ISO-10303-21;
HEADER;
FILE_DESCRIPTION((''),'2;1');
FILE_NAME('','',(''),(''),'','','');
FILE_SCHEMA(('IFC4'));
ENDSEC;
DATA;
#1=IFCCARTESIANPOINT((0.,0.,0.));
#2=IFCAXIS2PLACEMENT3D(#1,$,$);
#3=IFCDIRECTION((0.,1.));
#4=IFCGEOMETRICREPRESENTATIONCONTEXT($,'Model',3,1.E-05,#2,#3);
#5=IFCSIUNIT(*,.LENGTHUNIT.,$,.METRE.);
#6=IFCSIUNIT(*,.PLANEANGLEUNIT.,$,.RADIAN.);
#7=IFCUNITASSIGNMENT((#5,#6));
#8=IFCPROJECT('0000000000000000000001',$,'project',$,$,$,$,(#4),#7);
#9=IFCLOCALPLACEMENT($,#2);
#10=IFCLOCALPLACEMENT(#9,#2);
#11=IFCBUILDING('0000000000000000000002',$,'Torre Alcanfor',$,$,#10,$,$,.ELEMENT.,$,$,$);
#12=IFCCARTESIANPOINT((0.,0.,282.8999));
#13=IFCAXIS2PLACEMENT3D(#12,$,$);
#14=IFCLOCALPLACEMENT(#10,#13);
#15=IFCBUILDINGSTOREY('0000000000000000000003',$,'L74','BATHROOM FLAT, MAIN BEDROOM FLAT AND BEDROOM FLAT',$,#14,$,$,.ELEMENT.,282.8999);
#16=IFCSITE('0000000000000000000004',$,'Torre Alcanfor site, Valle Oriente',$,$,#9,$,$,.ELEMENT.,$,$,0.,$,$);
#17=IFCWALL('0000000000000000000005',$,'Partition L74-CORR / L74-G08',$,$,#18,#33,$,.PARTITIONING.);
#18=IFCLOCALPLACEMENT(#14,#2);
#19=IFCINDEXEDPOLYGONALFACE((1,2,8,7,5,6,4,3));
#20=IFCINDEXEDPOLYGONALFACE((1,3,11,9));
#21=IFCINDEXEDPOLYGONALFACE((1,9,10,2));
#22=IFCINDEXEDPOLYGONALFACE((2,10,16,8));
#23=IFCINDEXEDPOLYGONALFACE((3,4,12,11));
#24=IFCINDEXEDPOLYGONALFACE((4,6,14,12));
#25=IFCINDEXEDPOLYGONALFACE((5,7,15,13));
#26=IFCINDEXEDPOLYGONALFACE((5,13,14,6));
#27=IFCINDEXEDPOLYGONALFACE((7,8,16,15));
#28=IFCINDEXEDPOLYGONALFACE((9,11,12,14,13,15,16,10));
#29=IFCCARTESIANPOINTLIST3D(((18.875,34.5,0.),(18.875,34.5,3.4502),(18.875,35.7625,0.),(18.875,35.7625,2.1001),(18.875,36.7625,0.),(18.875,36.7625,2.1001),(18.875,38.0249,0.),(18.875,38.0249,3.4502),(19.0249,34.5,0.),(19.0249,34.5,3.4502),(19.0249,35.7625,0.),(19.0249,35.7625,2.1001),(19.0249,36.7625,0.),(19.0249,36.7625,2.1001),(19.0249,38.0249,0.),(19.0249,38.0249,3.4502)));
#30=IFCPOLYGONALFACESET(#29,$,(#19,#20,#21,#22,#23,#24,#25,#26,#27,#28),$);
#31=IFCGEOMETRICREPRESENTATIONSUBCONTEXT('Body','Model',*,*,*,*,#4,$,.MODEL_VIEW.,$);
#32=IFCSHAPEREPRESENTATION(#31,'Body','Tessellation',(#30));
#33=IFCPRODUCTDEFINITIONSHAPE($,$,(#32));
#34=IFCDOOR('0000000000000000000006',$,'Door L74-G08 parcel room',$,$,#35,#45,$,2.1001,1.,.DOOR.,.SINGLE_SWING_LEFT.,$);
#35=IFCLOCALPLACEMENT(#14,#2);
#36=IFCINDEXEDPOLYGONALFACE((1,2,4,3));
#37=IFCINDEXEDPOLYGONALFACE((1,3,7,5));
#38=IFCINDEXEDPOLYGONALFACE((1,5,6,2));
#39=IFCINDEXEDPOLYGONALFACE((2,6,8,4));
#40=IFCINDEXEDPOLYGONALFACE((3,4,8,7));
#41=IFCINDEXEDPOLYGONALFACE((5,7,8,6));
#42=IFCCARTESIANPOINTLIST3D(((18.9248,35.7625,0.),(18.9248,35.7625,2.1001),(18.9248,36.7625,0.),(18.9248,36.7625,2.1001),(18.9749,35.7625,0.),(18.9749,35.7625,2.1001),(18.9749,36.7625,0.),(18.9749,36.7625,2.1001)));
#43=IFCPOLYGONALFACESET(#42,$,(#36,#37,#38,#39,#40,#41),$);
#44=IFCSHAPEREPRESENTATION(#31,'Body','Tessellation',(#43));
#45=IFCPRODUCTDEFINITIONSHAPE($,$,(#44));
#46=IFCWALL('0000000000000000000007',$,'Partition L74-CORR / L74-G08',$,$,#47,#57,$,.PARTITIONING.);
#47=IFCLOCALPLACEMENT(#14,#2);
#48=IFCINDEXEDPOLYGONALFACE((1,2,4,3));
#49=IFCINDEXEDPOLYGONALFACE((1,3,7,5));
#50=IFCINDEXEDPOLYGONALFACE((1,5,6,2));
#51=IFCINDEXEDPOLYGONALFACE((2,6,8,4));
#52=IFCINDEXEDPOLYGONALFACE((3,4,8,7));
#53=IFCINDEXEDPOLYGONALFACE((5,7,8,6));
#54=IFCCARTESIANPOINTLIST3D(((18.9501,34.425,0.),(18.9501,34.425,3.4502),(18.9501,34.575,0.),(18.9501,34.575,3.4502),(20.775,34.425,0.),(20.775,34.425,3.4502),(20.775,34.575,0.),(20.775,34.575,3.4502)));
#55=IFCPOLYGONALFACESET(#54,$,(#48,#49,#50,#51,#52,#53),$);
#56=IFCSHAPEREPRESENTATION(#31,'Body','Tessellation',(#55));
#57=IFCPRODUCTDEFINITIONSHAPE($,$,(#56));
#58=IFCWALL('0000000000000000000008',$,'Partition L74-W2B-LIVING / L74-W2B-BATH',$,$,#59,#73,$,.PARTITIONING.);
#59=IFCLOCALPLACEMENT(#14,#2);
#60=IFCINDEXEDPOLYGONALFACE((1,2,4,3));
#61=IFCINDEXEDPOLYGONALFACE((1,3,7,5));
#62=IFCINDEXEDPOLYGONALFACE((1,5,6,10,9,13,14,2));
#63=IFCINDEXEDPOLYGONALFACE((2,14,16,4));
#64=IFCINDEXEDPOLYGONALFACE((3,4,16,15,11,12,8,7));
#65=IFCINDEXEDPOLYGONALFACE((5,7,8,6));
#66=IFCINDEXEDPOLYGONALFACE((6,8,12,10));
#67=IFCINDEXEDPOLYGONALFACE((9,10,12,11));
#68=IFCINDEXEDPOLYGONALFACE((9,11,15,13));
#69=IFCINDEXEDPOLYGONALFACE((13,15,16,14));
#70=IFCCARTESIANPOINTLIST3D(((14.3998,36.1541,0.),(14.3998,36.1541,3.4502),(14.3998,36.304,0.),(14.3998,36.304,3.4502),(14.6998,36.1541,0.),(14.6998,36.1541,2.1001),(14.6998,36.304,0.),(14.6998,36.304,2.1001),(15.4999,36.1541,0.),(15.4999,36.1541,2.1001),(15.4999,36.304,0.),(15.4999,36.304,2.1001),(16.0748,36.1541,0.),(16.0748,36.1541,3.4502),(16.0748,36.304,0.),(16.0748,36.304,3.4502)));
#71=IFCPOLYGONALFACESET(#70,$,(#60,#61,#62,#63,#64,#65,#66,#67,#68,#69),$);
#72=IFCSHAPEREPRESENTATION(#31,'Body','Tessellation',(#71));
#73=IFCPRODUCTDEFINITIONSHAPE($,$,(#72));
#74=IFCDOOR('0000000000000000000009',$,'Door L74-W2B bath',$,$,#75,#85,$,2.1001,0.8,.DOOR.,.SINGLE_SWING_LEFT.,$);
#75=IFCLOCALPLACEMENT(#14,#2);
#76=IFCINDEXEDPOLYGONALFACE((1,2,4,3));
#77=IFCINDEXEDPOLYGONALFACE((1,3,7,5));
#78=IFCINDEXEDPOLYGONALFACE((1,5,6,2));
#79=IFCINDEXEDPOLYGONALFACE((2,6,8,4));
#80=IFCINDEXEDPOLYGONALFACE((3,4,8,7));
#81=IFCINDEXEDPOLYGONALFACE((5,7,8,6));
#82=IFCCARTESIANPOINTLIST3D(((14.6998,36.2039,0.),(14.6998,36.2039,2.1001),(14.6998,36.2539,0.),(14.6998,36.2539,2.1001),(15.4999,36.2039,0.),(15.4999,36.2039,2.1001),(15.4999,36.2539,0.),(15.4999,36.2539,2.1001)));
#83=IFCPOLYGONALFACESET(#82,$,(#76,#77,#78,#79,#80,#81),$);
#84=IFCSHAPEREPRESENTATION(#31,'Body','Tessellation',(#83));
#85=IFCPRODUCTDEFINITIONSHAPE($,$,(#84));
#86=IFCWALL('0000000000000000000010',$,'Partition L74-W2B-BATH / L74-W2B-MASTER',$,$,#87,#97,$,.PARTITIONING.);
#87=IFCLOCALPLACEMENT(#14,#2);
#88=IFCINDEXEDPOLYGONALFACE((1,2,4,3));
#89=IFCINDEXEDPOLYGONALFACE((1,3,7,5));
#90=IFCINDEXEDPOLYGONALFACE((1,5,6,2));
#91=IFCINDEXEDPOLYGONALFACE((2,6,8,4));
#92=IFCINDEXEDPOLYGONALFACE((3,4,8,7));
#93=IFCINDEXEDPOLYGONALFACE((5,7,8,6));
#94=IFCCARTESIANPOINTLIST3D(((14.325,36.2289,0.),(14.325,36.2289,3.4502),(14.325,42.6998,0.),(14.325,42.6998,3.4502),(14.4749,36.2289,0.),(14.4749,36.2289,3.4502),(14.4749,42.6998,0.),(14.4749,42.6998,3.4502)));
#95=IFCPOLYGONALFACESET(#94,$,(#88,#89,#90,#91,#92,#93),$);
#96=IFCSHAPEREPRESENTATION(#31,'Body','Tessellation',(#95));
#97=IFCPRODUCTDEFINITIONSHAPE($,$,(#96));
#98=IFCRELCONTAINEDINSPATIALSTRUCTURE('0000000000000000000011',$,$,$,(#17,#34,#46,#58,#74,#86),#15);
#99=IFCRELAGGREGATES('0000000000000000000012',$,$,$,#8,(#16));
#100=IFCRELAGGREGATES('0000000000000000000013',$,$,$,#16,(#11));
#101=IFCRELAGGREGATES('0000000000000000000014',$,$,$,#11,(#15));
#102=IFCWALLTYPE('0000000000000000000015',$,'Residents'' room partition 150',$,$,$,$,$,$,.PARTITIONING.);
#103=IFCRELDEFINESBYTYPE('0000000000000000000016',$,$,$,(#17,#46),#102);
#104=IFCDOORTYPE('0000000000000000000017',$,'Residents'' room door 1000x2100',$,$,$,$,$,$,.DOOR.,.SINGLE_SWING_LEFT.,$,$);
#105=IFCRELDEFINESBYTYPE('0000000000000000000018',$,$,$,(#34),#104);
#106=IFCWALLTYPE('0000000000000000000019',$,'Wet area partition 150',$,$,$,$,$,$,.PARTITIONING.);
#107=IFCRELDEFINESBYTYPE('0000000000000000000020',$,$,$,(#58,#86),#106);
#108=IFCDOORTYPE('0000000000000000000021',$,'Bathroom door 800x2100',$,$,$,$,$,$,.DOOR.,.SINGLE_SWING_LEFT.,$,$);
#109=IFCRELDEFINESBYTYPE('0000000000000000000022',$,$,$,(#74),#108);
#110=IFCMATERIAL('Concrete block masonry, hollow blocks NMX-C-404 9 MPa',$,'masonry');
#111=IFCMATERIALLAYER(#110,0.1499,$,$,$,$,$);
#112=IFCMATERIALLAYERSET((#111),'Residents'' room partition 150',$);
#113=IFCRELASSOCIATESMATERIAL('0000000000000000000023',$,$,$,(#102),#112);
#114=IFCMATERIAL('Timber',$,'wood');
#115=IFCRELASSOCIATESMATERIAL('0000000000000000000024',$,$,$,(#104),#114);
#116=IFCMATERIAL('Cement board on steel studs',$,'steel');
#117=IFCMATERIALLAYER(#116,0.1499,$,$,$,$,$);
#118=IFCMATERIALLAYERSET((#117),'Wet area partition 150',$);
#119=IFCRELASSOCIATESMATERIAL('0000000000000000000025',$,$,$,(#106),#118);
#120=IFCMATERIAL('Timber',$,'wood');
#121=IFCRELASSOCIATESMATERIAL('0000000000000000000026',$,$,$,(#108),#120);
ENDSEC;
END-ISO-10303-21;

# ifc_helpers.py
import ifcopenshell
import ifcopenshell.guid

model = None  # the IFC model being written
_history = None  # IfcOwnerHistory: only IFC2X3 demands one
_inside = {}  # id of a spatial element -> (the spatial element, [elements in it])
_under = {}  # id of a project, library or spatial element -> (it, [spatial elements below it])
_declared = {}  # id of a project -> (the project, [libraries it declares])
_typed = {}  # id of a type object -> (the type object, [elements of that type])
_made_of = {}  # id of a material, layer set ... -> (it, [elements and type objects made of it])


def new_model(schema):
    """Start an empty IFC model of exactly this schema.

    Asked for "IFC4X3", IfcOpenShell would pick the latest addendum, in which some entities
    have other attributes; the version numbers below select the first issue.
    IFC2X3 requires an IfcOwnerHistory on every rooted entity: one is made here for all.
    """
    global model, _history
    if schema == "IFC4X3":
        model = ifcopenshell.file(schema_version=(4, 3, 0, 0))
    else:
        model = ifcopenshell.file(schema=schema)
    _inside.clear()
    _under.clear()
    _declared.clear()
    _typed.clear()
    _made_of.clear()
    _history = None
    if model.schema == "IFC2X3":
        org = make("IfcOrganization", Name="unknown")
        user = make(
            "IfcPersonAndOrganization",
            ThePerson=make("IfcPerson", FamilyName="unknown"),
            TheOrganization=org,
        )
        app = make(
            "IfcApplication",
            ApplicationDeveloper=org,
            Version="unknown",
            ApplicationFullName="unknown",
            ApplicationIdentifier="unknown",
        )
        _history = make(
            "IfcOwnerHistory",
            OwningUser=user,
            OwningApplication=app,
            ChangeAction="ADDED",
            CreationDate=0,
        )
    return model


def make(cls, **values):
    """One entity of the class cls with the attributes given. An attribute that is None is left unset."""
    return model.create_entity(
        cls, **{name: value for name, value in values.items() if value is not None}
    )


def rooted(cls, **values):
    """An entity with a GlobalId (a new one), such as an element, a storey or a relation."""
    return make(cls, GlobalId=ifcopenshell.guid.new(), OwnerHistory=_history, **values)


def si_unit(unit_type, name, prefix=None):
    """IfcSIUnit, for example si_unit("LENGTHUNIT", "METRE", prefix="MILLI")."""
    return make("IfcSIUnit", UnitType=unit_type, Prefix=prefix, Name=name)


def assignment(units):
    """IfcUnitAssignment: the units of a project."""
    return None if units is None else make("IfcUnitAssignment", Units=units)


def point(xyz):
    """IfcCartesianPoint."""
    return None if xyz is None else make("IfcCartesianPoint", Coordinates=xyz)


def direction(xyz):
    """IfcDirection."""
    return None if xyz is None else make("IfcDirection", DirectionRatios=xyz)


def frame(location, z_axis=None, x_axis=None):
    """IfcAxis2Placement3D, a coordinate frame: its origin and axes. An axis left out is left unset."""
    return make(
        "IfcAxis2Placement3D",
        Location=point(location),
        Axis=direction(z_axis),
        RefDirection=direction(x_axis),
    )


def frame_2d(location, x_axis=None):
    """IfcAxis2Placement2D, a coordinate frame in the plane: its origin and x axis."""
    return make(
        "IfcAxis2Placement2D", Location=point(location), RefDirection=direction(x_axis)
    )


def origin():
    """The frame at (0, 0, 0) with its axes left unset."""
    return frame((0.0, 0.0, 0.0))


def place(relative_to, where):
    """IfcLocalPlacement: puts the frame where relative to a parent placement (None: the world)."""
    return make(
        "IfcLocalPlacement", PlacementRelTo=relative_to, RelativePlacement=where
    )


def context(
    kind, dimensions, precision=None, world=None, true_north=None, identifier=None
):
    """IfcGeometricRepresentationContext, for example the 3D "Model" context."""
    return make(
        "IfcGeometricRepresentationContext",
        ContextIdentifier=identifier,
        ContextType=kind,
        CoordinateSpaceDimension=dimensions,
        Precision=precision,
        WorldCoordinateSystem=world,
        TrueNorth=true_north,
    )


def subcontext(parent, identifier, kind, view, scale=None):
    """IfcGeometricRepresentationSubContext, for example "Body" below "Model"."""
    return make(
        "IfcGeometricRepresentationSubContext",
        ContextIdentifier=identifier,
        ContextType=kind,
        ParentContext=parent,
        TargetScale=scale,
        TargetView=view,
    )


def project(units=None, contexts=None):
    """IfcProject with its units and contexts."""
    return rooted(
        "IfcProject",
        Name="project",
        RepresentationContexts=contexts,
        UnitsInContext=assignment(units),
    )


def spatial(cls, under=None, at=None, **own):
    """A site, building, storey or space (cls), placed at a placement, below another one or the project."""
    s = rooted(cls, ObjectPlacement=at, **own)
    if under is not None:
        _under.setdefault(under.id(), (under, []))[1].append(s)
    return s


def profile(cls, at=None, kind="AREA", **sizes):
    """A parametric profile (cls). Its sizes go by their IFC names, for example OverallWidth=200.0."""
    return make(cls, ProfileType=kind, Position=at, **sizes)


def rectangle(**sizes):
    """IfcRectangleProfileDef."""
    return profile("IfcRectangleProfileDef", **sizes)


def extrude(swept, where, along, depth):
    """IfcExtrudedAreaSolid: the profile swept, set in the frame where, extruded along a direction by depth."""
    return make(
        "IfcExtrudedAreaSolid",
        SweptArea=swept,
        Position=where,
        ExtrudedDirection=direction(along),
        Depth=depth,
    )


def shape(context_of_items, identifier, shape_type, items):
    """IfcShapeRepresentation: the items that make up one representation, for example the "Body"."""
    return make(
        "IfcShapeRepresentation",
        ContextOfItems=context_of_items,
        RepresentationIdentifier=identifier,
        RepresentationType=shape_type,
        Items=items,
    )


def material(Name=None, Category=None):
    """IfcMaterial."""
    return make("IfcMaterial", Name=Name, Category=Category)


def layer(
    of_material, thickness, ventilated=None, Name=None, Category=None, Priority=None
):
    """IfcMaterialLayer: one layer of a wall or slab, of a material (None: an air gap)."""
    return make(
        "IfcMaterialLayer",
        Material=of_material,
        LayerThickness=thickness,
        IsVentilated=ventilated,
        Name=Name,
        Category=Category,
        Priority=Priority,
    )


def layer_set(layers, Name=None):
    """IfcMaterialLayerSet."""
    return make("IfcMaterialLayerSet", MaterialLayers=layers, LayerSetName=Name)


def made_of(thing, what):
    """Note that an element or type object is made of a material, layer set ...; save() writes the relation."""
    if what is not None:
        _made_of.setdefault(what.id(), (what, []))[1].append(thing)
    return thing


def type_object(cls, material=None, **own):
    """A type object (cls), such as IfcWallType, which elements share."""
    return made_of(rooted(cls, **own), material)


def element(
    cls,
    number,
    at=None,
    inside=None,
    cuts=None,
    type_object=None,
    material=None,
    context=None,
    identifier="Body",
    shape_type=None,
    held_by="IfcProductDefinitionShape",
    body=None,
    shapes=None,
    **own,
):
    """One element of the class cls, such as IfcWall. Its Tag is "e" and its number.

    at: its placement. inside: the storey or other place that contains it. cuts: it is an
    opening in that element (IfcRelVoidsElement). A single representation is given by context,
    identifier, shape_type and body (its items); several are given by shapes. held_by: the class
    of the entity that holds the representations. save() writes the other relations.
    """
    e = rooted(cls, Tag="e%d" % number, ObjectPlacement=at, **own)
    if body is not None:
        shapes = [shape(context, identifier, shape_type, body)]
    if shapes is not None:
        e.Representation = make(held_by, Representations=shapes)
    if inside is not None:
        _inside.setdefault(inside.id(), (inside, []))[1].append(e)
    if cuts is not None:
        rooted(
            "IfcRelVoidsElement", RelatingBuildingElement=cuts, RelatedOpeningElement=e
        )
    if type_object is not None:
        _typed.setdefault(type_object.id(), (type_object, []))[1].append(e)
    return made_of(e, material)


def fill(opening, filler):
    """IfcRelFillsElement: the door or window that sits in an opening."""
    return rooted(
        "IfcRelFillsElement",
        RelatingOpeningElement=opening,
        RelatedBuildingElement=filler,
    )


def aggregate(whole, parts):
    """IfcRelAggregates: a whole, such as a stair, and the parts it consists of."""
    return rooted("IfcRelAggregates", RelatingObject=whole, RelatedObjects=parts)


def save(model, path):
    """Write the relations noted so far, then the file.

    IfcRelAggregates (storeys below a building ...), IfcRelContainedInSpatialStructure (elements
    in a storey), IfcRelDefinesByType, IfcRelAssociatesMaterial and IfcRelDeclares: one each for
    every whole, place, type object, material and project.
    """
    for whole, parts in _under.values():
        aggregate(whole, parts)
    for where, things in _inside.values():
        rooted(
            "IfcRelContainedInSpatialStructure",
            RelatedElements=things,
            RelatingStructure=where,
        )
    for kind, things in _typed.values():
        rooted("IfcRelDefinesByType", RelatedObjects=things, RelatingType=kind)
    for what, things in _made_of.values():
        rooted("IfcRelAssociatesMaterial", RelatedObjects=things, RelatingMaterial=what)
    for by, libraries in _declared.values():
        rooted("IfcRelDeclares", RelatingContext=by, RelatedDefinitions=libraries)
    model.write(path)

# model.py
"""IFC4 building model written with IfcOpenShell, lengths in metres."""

from ifc_helpers import new_model, si_unit, direction, frame, frame_2d, origin, place, context, subcontext, project, spatial, rectangle, extrude, material, layer, layer_set, type_object, element, fill, save


model = new_model("IFC4")

# Units and contexts
model_context = context("Model", 3, precision=1e-05, world=origin(), true_north=direction((0.0, 1.0)))
body_context = subcontext(model_context, "Body", "Model", "MODEL_VIEW")
ifc_project = project(units=[si_unit("LENGTHUNIT", "METRE"), si_unit("PLANEANGLEUNIT", "RADIAN")], contexts=[model_context])

# Site, building, storey
site_placement = place(None, origin())
site = spatial("IfcSite", under=ifc_project, at=site_placement, Name="Torre Alcanfor site, Valle Oriente", CompositionType="ELEMENT", RefElevation=0.0)
building_placement = place(site_placement, origin())
building = spatial("IfcBuilding", under=site, at=building_placement, Name="Torre Alcanfor", CompositionType="ELEMENT")
storey_placement = place(building_placement, frame((0.0, 0.0, 282.8999)))
storey = spatial("IfcBuildingStorey", under=building, at=storey_placement, Name="L74", Description="BATHROOM FLAT, MAIN BEDROOM FLAT AND BEDROOM FLAT", CompositionType="ELEMENT", Elevation=282.8999)

# Wall, opening, door
ifc_material_1 = material(Name="Concrete block masonry, hollow blocks NMX-C-404 9 MPa", Category="masonry")
ifc_layer_1 = layer(ifc_material_1, 0.1499)
ifc_layer_set_1 = layer_set([ifc_layer_1], Name="Residents' room partition 150")
wall_type_1 = type_object("IfcWallType", Name="Residents' room partition 150", PredefinedType="PARTITIONING", material=ifc_layer_set_1)
wall_1_placement = place(storey_placement, frame((18.95, 38.0249, 0.0), z_axis=(0.0, 0.0, 1.0), x_axis=(0.0, -1.0, 0.0)))
wall_1 = element("IfcWall", 1, at=wall_1_placement, inside=storey, type_object=wall_type_1, Name="Partition L74-CORR / L74-G08", PredefinedType="PARTITIONING", context=body_context, shape_type="SweptSolid", body=[
    extrude(rectangle(XDim=3.5249, YDim=0.1499, at=frame_2d((1.7625, 0.0))), origin(), (0.0, 0.0, 1.0), 3.4502),
])
opening_1_placement = place(wall_1_placement, frame((1.2625, 0.0, 0.0)))
opening_1 = element("IfcOpeningElement", 2, at=opening_1_placement, cuts=wall_1, PredefinedType="OPENING", context=body_context, shape_type="SweptSolid", body=[
    extrude(rectangle(XDim=1.0, YDim=2.1001, at=frame_2d((0.5, 1.05))), frame((0.0, 0.085, 0.0), z_axis=(0.0, -1.0, 0.0), x_axis=(1.0, 0.0, 0.0)), (0.0, 0.0, 1.0), 0.1699),
])
ifc_material_2 = material(Name="Timber", Category="wood")
door_type_1 = type_object("IfcDoorType", Name="Residents' room door 1000x2100", OperationType="SINGLE_SWING_LEFT", PredefinedType="DOOR", material=ifc_material_2)
door_1_placement = place(opening_1_placement, origin())
door_1 = element("IfcDoor", 3, at=door_1_placement, inside=storey, type_object=door_type_1, Name="Door L74-G08 parcel room", OperationType="SINGLE_SWING_LEFT", OverallHeight=2.1001, OverallWidth=1.0, PredefinedType="DOOR", context=body_context, shape_type="SweptSolid", body=[
    extrude(rectangle(XDim=1.0, YDim=2.1001, at=frame_2d((0.5, 1.05))), frame((0.0, 0.0249, 0.0), z_axis=(0.0, -1.0, 0.0), x_axis=(1.0, 0.0, 0.0)), (0.0, 0.0, 1.0), 0.05),
])
fill(opening_1, door_1)

# Wall
wall_2_placement = place(storey_placement, frame((18.95, 34.5, 0.0), z_axis=(0.0, 0.0, 1.0), x_axis=(1.0, 0.0, 0.0)))
element("IfcWall", 4, at=wall_2_placement, inside=storey, type_object=wall_type_1, Name="Partition L74-CORR / L74-G08", PredefinedType="PARTITIONING", context=body_context, shape_type="SweptSolid", body=[
    extrude(rectangle(XDim=1.825, YDim=0.1499, at=frame_2d((0.9126, 0.0))), origin(), (0.0, 0.0, 1.0), 3.4502),
])

# Wall, opening, door
ifc_material_3 = material(Name="Cement board on steel studs", Category="steel")
ifc_layer_2 = layer(ifc_material_3, 0.1499)
ifc_layer_set_2 = layer_set([ifc_layer_2], Name="Wet area partition 150")
wall_type_2 = type_object("IfcWallType", Name="Wet area partition 150", PredefinedType="PARTITIONING", material=ifc_layer_set_2)
wall_3_placement = place(storey_placement, frame((14.3999, 36.229, 0.0), z_axis=(0.0, 0.0, 1.0), x_axis=(1.0, 0.0, 0.0)))
wall_3 = element("IfcWall", 5, at=wall_3_placement, inside=storey, type_object=wall_type_2, Name="Partition L74-W2B-LIVING / L74-W2B-BATH", PredefinedType="PARTITIONING", context=body_context, shape_type="SweptSolid", body=[
    extrude(rectangle(XDim=1.675, YDim=0.1499, at=frame_2d((0.8374, 0.0))), origin(), (0.0, 0.0, 1.0), 3.4502),
])
opening_2_placement = place(wall_3_placement, frame((0.3, 0.0, 0.0)))
opening_2 = element("IfcOpeningElement", 6, at=opening_2_placement, cuts=wall_3, PredefinedType="OPENING", context=body_context, shape_type="SweptSolid", body=[
    extrude(rectangle(XDim=0.8, YDim=2.1001, at=frame_2d((0.3999, 1.05))), frame((0.0, 0.085, 0.0), z_axis=(0.0, -1.0, 0.0), x_axis=(1.0, 0.0, 0.0)), (0.0, 0.0, 1.0), 0.1699),
])
ifc_material_4 = material(Name="Timber", Category="wood")
door_type_2 = type_object("IfcDoorType", Name="Bathroom door 800x2100", OperationType="SINGLE_SWING_LEFT", PredefinedType="DOOR", material=ifc_material_4)
door_2_placement = place(opening_2_placement, origin())
door_2 = element("IfcDoor", 7, at=door_2_placement, inside=storey, type_object=door_type_2, Name="Door L74-W2B bath", OperationType="SINGLE_SWING_LEFT", OverallHeight=2.1001, OverallWidth=0.8, PredefinedType="DOOR", context=body_context, shape_type="SweptSolid", body=[
    extrude(rectangle(XDim=0.8, YDim=2.1001, at=frame_2d((0.3999, 1.05))), frame((0.0, 0.0249, 0.0), z_axis=(0.0, -1.0, 0.0), x_axis=(1.0, 0.0, 0.0)), (0.0, 0.0, 1.0), 0.05),
])
fill(opening_2, door_2)

# Wall
wall_4_placement = place(storey_placement, frame((14.3999, 36.229, 0.0), z_axis=(0.0, 0.0, 1.0), x_axis=(0.0, 1.0, 0.0)))
element("IfcWall", 8, at=wall_4_placement, inside=storey, type_object=wall_type_2, Name="Partition L74-W2B-BATH / L74-W2B-MASTER", PredefinedType="PARTITIONING", context=body_context, shape_type="SweptSolid", body=[
    extrude(rectangle(XDim=6.4709, YDim=0.1499, at=frame_2d((3.2354, 0.0))), origin(), (0.0, 0.0, 1.0), 3.4502),
])

save(model, "model.ifc")
